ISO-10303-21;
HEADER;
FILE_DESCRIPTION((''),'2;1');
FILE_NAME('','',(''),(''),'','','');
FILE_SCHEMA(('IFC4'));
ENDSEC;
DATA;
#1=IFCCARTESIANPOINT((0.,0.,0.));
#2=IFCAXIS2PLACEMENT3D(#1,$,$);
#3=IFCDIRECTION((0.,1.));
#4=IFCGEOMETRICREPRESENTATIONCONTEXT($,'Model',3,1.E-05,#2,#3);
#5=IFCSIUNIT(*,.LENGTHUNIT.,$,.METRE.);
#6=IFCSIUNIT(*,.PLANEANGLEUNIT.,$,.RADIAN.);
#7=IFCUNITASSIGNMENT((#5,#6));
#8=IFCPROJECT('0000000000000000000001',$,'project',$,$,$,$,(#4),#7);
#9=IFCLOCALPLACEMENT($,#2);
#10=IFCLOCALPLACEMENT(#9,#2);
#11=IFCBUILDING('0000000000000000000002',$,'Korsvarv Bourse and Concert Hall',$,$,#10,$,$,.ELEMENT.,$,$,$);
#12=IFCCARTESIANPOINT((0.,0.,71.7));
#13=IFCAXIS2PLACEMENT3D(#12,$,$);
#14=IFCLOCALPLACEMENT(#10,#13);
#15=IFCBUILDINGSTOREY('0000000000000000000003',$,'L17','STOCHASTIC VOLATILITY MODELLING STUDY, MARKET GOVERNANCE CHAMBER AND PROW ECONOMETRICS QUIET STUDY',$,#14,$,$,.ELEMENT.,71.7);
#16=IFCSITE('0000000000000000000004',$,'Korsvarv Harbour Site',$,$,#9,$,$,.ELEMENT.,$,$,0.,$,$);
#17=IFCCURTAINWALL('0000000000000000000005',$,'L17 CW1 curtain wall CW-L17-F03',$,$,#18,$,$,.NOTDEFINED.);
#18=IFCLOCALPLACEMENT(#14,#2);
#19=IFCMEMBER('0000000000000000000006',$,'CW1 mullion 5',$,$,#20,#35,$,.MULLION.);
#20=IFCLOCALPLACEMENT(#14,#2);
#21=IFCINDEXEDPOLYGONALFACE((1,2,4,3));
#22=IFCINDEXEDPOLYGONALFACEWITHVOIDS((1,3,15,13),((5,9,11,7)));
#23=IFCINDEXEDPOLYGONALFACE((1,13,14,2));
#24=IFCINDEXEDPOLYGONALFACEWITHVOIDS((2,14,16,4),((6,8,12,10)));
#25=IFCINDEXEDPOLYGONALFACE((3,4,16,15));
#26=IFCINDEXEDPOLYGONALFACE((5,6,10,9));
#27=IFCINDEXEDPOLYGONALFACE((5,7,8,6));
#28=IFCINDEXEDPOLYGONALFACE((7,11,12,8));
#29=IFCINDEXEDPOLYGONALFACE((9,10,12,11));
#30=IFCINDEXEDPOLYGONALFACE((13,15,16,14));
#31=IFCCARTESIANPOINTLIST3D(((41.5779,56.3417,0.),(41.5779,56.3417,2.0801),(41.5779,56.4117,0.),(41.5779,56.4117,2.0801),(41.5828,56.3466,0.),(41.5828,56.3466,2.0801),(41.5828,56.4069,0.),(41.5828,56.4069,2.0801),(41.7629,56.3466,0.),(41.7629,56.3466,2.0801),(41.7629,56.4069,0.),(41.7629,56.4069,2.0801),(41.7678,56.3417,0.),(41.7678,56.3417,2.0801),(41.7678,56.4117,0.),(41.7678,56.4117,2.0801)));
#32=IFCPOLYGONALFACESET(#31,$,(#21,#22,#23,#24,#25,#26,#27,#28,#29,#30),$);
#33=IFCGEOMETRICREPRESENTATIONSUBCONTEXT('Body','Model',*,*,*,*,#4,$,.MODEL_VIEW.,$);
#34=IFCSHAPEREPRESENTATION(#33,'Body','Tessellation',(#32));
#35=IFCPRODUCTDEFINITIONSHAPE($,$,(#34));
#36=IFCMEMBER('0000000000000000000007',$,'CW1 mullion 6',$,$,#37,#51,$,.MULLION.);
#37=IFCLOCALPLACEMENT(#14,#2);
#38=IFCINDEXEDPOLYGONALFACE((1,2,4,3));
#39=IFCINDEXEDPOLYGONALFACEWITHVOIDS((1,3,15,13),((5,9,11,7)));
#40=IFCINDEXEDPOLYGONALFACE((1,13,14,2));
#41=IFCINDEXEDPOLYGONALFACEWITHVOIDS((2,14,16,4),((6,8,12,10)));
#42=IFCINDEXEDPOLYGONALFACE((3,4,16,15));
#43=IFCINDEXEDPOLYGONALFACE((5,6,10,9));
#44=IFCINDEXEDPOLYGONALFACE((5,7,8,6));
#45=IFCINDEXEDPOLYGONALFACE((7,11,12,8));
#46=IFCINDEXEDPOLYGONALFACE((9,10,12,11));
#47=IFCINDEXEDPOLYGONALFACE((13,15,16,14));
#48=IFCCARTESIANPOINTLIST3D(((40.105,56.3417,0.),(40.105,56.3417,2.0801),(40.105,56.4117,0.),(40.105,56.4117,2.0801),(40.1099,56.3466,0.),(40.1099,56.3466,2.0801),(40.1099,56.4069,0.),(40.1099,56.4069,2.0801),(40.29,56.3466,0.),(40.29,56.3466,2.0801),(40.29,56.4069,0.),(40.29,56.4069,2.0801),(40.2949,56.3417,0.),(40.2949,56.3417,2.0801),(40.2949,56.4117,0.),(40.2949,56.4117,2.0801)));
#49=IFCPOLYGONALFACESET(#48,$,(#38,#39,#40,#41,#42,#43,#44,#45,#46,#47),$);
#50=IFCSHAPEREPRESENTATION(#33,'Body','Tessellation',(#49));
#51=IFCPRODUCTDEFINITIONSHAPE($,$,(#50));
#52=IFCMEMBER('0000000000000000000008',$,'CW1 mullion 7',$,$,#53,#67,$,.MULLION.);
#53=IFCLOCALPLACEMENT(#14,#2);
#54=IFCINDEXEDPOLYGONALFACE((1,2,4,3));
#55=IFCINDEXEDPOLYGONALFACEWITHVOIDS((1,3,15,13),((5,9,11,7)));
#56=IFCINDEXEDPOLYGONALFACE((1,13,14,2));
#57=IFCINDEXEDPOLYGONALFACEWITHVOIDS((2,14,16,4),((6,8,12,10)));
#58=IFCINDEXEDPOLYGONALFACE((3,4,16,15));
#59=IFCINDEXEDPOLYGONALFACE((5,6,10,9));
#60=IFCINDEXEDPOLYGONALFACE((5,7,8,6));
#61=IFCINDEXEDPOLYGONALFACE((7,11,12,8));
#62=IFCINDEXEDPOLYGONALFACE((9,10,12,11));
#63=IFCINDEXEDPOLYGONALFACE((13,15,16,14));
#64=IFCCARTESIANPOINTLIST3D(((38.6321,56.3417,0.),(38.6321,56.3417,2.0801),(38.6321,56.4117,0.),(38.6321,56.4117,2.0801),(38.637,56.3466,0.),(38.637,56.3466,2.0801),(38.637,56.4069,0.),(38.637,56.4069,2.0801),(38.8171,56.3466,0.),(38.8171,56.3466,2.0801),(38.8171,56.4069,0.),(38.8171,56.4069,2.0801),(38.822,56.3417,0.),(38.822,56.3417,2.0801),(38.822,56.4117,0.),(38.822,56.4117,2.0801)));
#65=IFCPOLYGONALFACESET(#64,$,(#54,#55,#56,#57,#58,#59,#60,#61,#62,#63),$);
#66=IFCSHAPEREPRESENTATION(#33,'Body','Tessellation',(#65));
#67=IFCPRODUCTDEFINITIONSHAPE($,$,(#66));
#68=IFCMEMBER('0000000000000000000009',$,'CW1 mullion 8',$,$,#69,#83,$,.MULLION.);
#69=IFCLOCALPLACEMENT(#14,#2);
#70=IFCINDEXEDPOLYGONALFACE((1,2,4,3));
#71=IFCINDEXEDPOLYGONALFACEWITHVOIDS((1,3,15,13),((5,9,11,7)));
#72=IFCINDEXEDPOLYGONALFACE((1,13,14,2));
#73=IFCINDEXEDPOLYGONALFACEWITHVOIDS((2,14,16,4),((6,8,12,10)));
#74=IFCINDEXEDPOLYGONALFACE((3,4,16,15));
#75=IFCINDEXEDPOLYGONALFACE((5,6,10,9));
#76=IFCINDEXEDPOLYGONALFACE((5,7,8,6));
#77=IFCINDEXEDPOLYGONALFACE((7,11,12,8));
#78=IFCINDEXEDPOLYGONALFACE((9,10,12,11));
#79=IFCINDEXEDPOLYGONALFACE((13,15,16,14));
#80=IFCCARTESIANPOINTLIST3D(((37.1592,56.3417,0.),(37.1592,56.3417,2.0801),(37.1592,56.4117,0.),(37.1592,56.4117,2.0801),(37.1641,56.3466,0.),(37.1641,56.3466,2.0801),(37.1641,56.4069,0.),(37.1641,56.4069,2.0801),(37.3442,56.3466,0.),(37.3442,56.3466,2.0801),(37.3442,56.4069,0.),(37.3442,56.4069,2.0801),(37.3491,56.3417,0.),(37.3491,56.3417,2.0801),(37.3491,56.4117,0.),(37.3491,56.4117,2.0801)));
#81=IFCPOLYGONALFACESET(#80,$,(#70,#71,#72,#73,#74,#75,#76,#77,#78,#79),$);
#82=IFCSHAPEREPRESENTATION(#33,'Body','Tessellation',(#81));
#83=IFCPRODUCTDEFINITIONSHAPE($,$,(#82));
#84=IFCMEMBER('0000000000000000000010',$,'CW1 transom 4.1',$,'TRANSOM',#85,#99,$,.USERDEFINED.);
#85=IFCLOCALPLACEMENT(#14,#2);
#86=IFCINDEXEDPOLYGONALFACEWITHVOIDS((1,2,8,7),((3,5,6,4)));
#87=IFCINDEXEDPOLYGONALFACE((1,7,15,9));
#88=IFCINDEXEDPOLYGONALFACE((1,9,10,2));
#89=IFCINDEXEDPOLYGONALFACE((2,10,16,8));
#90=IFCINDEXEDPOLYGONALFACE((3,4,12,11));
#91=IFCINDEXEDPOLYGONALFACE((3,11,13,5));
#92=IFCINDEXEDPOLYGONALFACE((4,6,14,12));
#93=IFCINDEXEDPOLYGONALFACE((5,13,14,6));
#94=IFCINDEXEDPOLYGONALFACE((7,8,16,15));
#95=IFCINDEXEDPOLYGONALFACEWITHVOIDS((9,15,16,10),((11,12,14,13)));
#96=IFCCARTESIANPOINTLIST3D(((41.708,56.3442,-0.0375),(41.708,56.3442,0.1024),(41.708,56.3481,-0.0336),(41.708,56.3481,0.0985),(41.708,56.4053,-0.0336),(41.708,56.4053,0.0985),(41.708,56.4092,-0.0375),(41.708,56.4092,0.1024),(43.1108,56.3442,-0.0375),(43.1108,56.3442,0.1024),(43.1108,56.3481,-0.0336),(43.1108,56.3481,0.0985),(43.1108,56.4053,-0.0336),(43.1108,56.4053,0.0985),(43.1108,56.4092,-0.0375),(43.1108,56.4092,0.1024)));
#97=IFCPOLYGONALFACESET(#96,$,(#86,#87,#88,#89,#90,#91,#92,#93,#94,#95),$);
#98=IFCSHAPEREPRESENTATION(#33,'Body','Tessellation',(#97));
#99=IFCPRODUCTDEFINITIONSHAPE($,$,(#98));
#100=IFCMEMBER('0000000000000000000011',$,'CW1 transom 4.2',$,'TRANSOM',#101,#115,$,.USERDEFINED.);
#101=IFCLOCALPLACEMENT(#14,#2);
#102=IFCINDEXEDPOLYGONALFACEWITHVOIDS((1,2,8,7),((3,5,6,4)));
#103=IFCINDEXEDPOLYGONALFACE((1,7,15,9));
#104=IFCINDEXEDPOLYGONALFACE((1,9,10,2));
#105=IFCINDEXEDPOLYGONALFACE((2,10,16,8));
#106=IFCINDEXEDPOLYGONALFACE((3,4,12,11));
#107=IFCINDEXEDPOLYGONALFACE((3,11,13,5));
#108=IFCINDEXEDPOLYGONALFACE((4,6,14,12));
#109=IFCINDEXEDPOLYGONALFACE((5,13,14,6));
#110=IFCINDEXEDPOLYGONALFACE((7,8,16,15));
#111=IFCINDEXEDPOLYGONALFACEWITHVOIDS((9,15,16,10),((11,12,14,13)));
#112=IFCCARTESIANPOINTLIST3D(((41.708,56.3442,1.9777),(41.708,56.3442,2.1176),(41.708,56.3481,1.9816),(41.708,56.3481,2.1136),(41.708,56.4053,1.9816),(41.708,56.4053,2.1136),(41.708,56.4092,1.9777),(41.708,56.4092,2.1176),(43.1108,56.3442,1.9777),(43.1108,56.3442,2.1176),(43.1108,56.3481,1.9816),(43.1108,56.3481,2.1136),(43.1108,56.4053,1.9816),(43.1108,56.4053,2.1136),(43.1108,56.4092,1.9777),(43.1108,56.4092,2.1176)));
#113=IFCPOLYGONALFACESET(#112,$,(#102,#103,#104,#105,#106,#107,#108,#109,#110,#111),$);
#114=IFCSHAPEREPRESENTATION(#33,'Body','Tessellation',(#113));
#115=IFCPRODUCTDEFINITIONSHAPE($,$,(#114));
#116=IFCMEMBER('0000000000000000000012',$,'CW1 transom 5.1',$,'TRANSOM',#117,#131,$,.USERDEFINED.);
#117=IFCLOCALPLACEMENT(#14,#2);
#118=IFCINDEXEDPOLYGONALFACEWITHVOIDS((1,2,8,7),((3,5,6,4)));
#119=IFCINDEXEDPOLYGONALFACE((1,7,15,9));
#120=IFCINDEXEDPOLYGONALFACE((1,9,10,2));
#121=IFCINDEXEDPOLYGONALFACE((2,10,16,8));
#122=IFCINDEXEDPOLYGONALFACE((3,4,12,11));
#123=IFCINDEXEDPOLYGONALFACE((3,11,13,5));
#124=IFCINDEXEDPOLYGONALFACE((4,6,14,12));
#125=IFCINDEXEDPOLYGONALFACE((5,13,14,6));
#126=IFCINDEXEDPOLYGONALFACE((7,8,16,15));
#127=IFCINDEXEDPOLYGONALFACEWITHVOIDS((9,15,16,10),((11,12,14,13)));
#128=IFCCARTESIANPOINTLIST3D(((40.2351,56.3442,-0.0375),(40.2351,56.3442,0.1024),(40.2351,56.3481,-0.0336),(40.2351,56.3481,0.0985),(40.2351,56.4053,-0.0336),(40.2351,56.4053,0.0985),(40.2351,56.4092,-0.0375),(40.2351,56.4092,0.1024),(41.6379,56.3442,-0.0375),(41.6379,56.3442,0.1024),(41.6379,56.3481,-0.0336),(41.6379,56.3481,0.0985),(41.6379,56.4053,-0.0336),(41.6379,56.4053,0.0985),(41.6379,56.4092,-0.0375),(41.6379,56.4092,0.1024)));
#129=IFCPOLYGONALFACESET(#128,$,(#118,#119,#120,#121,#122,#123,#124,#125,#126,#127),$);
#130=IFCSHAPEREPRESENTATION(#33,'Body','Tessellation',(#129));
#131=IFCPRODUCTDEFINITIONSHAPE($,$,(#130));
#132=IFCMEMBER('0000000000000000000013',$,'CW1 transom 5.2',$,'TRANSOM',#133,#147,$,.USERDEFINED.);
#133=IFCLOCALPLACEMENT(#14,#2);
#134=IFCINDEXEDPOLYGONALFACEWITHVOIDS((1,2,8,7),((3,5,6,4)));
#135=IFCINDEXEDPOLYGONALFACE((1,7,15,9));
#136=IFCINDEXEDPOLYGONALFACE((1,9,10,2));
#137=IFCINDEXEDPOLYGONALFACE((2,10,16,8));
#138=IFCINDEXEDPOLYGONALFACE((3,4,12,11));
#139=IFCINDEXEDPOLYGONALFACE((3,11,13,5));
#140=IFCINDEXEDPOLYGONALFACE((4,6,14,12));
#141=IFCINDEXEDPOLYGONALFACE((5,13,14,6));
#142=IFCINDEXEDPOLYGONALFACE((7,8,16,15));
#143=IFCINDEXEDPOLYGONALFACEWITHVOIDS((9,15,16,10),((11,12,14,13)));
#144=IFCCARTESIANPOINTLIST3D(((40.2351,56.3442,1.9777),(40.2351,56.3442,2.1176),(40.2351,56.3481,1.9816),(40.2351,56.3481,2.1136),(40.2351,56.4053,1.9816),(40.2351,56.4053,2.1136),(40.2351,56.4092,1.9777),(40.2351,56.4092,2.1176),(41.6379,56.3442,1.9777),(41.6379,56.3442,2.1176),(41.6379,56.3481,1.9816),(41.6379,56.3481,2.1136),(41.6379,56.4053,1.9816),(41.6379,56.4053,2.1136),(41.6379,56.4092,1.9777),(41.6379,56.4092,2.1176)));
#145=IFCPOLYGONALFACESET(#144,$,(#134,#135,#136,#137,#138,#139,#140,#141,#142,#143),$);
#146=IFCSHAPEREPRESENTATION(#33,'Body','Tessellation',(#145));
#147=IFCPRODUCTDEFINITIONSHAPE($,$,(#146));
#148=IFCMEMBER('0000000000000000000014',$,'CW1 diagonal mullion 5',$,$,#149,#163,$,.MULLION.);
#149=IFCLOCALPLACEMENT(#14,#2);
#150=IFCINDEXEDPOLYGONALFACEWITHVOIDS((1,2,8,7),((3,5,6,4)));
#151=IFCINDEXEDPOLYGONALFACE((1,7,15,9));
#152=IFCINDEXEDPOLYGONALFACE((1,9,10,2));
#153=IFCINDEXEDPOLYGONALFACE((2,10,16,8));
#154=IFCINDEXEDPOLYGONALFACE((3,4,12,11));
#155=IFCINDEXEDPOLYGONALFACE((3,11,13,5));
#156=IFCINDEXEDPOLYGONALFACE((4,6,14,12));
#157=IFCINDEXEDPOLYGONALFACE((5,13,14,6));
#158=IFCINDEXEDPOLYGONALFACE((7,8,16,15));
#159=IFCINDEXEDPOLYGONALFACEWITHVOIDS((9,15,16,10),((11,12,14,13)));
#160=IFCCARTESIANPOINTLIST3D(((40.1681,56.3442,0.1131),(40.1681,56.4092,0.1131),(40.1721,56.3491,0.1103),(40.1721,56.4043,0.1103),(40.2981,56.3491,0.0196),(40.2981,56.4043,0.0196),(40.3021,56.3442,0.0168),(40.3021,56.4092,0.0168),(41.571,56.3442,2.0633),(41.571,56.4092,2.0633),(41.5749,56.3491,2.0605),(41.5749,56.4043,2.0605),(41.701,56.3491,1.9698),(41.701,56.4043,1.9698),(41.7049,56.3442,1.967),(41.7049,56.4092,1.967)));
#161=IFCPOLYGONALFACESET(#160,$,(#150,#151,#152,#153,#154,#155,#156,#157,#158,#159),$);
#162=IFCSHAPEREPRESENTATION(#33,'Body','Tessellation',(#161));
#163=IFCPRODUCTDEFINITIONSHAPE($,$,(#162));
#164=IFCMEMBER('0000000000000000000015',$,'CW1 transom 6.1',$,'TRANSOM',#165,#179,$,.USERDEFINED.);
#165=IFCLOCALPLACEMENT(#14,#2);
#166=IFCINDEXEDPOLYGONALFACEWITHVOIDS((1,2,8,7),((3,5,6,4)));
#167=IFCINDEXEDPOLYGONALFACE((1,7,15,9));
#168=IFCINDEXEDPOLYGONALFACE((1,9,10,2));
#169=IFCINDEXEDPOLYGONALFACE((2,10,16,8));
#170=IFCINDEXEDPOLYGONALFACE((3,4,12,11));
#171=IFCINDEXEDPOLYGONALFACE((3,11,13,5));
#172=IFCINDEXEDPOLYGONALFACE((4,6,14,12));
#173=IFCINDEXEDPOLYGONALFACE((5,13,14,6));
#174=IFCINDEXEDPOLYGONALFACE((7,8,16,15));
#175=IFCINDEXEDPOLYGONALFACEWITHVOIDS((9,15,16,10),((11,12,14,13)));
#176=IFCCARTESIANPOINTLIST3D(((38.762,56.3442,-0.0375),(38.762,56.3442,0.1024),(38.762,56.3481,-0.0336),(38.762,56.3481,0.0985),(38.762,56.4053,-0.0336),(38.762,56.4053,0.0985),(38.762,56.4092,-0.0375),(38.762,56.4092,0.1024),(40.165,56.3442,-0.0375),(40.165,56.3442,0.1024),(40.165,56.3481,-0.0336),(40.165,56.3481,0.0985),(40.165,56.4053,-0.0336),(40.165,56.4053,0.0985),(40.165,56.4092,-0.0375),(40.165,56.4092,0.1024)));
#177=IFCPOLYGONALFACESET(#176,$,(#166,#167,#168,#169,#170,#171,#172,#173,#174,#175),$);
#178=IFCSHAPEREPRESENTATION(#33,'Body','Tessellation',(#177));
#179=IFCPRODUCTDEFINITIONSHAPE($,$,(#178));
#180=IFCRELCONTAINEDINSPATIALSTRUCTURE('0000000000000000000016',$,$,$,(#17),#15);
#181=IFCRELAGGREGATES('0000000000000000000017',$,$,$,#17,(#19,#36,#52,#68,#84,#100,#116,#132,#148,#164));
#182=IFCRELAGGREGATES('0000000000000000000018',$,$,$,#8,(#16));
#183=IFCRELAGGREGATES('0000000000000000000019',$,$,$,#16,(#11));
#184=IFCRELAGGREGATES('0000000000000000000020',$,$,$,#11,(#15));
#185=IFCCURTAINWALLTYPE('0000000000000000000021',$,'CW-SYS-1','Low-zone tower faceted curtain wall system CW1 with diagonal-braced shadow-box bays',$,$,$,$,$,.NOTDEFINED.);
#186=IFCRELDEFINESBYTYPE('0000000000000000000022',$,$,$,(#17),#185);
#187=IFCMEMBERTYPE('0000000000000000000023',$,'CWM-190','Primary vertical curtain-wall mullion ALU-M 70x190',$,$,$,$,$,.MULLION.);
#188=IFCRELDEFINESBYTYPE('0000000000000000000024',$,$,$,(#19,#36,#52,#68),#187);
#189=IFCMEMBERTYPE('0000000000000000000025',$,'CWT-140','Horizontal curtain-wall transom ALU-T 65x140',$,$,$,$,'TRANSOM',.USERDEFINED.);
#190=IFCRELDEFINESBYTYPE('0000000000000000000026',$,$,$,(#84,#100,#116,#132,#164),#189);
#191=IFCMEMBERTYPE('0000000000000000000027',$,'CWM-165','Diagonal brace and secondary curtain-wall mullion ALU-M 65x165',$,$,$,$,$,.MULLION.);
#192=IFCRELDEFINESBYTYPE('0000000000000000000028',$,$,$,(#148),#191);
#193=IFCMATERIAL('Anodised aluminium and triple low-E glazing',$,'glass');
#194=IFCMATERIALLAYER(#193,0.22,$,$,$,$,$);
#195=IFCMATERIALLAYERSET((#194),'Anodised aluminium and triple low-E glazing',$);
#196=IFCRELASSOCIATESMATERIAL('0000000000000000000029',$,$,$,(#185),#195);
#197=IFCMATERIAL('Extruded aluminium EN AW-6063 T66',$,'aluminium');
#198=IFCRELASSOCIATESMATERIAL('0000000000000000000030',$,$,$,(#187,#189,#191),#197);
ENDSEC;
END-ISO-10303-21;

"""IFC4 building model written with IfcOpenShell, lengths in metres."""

from ifc_helpers import new_model, si_unit, direction, frame, origin, origin_2d, place, context, subcontext, project, spatial, hollow_rectangle, extrude, source, transform, mapped, material, layer, layer_set, material_profile, profile_set, type_object, element, aggregate, save


model = new_model("IFC4")

# Units and contexts
model_context = context("Model", 3, precision=1e-05, world=origin(), true_north=direction((0.0, 1.0)))
body_context = subcontext(model_context, "Body", "Model", "MODEL_VIEW")
ifc_project = project(units=[si_unit("LENGTHUNIT", "METRE"), si_unit("PLANEANGLEUNIT", "RADIAN")], contexts=[model_context])

# Site, building, storey
site_placement = place(None, origin())
site = spatial("IfcSite", under=ifc_project, at=site_placement, Name="Korsvarv Harbour Site", CompositionType="ELEMENT", RefElevation=0.0)
building_placement = place(site_placement, origin())
building = spatial("IfcBuilding", under=site, at=building_placement, Name="Korsvarv Bourse and Concert Hall", CompositionType="ELEMENT")
storey_placement = place(building_placement, frame((0.0, 0.0, 71.7)))
storey = spatial("IfcBuildingStorey", under=building, at=storey_placement, Name="L17", Description="STOCHASTIC VOLATILITY MODELLING STUDY, MARKET GOVERNANCE CHAMBER AND PROW ECONOMETRICS QUIET STUDY", CompositionType="ELEMENT", Elevation=71.7)

# Curtain wall, members
ifc_material_1 = material(Name="Anodised aluminium and triple low-E glazing", Category="glass")
ifc_layer_1 = layer(ifc_material_1, 0.22)
ifc_layer_set_1 = layer_set([ifc_layer_1], Name="Anodised aluminium and triple low-E glazing")
curtain_wall_type = type_object("IfcCurtainWallType", Name="CW-SYS-1", Description="Low-zone tower faceted curtain wall system CW1 with diagonal-braced shadow-box bays", PredefinedType="NOTDEFINED", material=ifc_layer_set_1)
curtain_wall_placement = place(storey_placement, origin())
curtain_wall = element("IfcCurtainWall", 1, at=curtain_wall_placement, inside=storey, type_object=curtain_wall_type, Name="L17 CW1 curtain wall CW-L17-F03", PredefinedType="NOTDEFINED")
ifc_material_2 = material(Name="Extruded aluminium EN AW-6063 T66", Category="aluminium")
ifc_material_profile_1 = material_profile(ifc_material_2, hollow_rectangle(XDim=0.0701, YDim=0.1899, WallThickness=0.0049, at=origin_2d()), Name="ALU-M 70x190")
ifc_profile_set_1 = profile_set([ifc_material_profile_1], Name="Extruded aluminium EN AW-6063 T66")
member_type_1 = type_object("IfcMemberType", Name="CWM-190", Description="Primary vertical curtain-wall mullion ALU-M 70x190", PredefinedType="MULLION", material=ifc_profile_set_1)
shared_shape_1 = source(origin(), body_context, "Body", "SweptSolid", [
    extrude(hollow_rectangle(XDim=0.0701, YDim=0.1899, WallThickness=0.0049, at=origin_2d()), origin(), (0.0, 0.0, 1.0), 2.0801),
])
member_1_placement = place(storey_placement, frame((41.6729, 56.3767, 0.0), z_axis=(0.0, 0.0, 1.0), x_axis=(0.0, -1.0, 0.0)))
member_1 = element("IfcMember", 2, at=member_1_placement, type_object=member_type_1, Name="CW1 mullion 5", PredefinedType="MULLION", context=body_context, shape_type="MappedRepresentation", body=[
    mapped(shared_shape_1, transform((0.0, 0.0, 0.0), scale=1.0)),
])
member_2_placement = place(storey_placement, frame((40.2, 56.3767, 0.0), z_axis=(0.0, 0.0, 1.0), x_axis=(0.0, -1.0, 0.0)))
member_2 = element("IfcMember", 3, at=member_2_placement, type_object=member_type_1, Name="CW1 mullion 6", PredefinedType="MULLION", context=body_context, shape_type="MappedRepresentation", body=[
    mapped(shared_shape_1, transform((0.0, 0.0, 0.0), scale=1.0)),
])
member_3_placement = place(storey_placement, frame((38.7271, 56.3767, 0.0), z_axis=(0.0, 0.0, 1.0), x_axis=(0.0, -1.0, 0.0)))
member_3 = element("IfcMember", 4, at=member_3_placement, type_object=member_type_1, Name="CW1 mullion 7", PredefinedType="MULLION", context=body_context, shape_type="MappedRepresentation", body=[
    mapped(shared_shape_1, transform((0.0, 0.0, 0.0), scale=1.0)),
])
member_4_placement = place(storey_placement, frame((37.2542, 56.3767, 0.0), z_axis=(0.0, 0.0, 1.0), x_axis=(0.0, -1.0, 0.0)))
member_4 = element("IfcMember", 5, at=member_4_placement, type_object=member_type_1, Name="CW1 mullion 8", PredefinedType="MULLION", context=body_context, shape_type="MappedRepresentation", body=[
    mapped(shared_shape_1, transform((0.0, 0.0, 0.0), scale=1.0)),
])
ifc_material_profile_2 = material_profile(ifc_material_2, hollow_rectangle(XDim=0.0649, YDim=0.1399, WallThickness=0.0039, at=origin_2d()), Name="ALU-T 65x140")
ifc_profile_set_2 = profile_set([ifc_material_profile_2], Name="Extruded aluminium EN AW-6063 T66")
member_type_2 = type_object("IfcMemberType", Name="CWT-140", Description="Horizontal curtain-wall transom ALU-T 65x140", ElementType="TRANSOM", PredefinedType="USERDEFINED", material=ifc_profile_set_2)
shared_shape_2 = source(origin(), body_context, "Body", "SweptSolid", [
    extrude(hollow_rectangle(XDim=0.0649, YDim=0.1399, WallThickness=0.0039, at=origin_2d()), origin(), (0.0, 0.0, 1.0), 1.4028),
])
member_5_placement = place(storey_placement, frame((43.1108, 56.3767, 0.0325), z_axis=(-1.0, 0.0, 0.0), x_axis=(0.0, -1.0, 0.0)))
member_5 = element("IfcMember", 6, at=member_5_placement, type_object=member_type_2, Name="CW1 transom 4.1", ObjectType="TRANSOM", PredefinedType="USERDEFINED", context=body_context, shape_type="MappedRepresentation", body=[
    mapped(shared_shape_2, transform((0.0, 0.0, 0.0), scale=1.0)),
])
member_6_placement = place(storey_placement, frame((43.1108, 56.3767, 2.0476), z_axis=(-1.0, 0.0, 0.0), x_axis=(0.0, -1.0, 0.0)))
member_6 = element("IfcMember", 7, at=member_6_placement, type_object=member_type_2, Name="CW1 transom 4.2", ObjectType="TRANSOM", PredefinedType="USERDEFINED", context=body_context, shape_type="MappedRepresentation", body=[
    mapped(shared_shape_2, transform((0.0, 0.0, 0.0), scale=1.0)),
])
member_7_placement = place(storey_placement, frame((41.6379, 56.3767, 0.0325), z_axis=(-1.0, 0.0, 0.0), x_axis=(0.0, -1.0, 0.0)))
member_7 = element("IfcMember", 8, at=member_7_placement, type_object=member_type_2, Name="CW1 transom 5.1", ObjectType="TRANSOM", PredefinedType="USERDEFINED", context=body_context, shape_type="MappedRepresentation", body=[
    mapped(shared_shape_2, transform((0.0, 0.0, 0.0), scale=1.0)),
])
member_8_placement = place(storey_placement, frame((41.6379, 56.3767, 2.0476), z_axis=(-1.0, 0.0, 0.0), x_axis=(0.0, -1.0, 0.0)))
member_8 = element("IfcMember", 9, at=member_8_placement, type_object=member_type_2, Name="CW1 transom 5.2", ObjectType="TRANSOM", PredefinedType="USERDEFINED", context=body_context, shape_type="MappedRepresentation", body=[
    mapped(shared_shape_2, transform((0.0, 0.0, 0.0), scale=1.0)),
])
ifc_material_profile_3 = material_profile(ifc_material_2, hollow_rectangle(XDim=0.0649, YDim=0.165, WallThickness=0.0049, at=origin_2d()), Name="ALU-M 65x165")
ifc_profile_set_3 = profile_set([ifc_material_profile_3], Name="Extruded aluminium EN AW-6063 T66")
member_type_3 = type_object("IfcMemberType", Name="CWM-165", Description="Diagonal brace and secondary curtain-wall mullion ALU-M 65x165", PredefinedType="MULLION", material=ifc_profile_set_3)
shared_shape_3 = source(origin(), body_context, "Body", "SweptSolid", [
    extrude(hollow_rectangle(XDim=0.0649, YDim=0.165, WallThickness=0.0049, at=origin_2d()), origin(), (0.0, 0.0, 1.0), 2.4023),
])
member_9_placement = place(storey_placement, frame((40.2351, 56.3767, 0.0649), z_axis=(0.583946, 0.0, 0.811793), x_axis=(0.0, 1.0, 0.0)))
member_9 = element("IfcMember", 10, at=member_9_placement, type_object=member_type_3, Name="CW1 diagonal mullion 5", PredefinedType="MULLION", context=body_context, shape_type="MappedRepresentation", body=[
    mapped(shared_shape_3, transform((0.0, 0.0, 0.0), scale=1.0)),
])
shared_shape_4 = source(origin(), body_context, "Body", "SweptSolid", [
    extrude(hollow_rectangle(XDim=0.0649, YDim=0.1399, WallThickness=0.0039, at=origin_2d()), origin(), (0.0, 0.0, 1.0), 1.4031),
])
member_10_placement = place(storey_placement, frame((40.165, 56.3767, 0.0325), z_axis=(-1.0, 0.0, 0.0), x_axis=(0.0, -1.0, 0.0)))
member_10 = element("IfcMember", 11, at=member_10_placement, type_object=member_type_2, Name="CW1 transom 6.1", ObjectType="TRANSOM", PredefinedType="USERDEFINED", context=body_context, shape_type="MappedRepresentation", body=[
    mapped(shared_shape_4, transform((0.0, 0.0, 0.0), scale=1.0)),
])
aggregate(curtain_wall, [member_1, member_2, member_3, member_4, member_5, member_6, member_7, member_8, member_9, member_10])

save(model, "model.ifc")
